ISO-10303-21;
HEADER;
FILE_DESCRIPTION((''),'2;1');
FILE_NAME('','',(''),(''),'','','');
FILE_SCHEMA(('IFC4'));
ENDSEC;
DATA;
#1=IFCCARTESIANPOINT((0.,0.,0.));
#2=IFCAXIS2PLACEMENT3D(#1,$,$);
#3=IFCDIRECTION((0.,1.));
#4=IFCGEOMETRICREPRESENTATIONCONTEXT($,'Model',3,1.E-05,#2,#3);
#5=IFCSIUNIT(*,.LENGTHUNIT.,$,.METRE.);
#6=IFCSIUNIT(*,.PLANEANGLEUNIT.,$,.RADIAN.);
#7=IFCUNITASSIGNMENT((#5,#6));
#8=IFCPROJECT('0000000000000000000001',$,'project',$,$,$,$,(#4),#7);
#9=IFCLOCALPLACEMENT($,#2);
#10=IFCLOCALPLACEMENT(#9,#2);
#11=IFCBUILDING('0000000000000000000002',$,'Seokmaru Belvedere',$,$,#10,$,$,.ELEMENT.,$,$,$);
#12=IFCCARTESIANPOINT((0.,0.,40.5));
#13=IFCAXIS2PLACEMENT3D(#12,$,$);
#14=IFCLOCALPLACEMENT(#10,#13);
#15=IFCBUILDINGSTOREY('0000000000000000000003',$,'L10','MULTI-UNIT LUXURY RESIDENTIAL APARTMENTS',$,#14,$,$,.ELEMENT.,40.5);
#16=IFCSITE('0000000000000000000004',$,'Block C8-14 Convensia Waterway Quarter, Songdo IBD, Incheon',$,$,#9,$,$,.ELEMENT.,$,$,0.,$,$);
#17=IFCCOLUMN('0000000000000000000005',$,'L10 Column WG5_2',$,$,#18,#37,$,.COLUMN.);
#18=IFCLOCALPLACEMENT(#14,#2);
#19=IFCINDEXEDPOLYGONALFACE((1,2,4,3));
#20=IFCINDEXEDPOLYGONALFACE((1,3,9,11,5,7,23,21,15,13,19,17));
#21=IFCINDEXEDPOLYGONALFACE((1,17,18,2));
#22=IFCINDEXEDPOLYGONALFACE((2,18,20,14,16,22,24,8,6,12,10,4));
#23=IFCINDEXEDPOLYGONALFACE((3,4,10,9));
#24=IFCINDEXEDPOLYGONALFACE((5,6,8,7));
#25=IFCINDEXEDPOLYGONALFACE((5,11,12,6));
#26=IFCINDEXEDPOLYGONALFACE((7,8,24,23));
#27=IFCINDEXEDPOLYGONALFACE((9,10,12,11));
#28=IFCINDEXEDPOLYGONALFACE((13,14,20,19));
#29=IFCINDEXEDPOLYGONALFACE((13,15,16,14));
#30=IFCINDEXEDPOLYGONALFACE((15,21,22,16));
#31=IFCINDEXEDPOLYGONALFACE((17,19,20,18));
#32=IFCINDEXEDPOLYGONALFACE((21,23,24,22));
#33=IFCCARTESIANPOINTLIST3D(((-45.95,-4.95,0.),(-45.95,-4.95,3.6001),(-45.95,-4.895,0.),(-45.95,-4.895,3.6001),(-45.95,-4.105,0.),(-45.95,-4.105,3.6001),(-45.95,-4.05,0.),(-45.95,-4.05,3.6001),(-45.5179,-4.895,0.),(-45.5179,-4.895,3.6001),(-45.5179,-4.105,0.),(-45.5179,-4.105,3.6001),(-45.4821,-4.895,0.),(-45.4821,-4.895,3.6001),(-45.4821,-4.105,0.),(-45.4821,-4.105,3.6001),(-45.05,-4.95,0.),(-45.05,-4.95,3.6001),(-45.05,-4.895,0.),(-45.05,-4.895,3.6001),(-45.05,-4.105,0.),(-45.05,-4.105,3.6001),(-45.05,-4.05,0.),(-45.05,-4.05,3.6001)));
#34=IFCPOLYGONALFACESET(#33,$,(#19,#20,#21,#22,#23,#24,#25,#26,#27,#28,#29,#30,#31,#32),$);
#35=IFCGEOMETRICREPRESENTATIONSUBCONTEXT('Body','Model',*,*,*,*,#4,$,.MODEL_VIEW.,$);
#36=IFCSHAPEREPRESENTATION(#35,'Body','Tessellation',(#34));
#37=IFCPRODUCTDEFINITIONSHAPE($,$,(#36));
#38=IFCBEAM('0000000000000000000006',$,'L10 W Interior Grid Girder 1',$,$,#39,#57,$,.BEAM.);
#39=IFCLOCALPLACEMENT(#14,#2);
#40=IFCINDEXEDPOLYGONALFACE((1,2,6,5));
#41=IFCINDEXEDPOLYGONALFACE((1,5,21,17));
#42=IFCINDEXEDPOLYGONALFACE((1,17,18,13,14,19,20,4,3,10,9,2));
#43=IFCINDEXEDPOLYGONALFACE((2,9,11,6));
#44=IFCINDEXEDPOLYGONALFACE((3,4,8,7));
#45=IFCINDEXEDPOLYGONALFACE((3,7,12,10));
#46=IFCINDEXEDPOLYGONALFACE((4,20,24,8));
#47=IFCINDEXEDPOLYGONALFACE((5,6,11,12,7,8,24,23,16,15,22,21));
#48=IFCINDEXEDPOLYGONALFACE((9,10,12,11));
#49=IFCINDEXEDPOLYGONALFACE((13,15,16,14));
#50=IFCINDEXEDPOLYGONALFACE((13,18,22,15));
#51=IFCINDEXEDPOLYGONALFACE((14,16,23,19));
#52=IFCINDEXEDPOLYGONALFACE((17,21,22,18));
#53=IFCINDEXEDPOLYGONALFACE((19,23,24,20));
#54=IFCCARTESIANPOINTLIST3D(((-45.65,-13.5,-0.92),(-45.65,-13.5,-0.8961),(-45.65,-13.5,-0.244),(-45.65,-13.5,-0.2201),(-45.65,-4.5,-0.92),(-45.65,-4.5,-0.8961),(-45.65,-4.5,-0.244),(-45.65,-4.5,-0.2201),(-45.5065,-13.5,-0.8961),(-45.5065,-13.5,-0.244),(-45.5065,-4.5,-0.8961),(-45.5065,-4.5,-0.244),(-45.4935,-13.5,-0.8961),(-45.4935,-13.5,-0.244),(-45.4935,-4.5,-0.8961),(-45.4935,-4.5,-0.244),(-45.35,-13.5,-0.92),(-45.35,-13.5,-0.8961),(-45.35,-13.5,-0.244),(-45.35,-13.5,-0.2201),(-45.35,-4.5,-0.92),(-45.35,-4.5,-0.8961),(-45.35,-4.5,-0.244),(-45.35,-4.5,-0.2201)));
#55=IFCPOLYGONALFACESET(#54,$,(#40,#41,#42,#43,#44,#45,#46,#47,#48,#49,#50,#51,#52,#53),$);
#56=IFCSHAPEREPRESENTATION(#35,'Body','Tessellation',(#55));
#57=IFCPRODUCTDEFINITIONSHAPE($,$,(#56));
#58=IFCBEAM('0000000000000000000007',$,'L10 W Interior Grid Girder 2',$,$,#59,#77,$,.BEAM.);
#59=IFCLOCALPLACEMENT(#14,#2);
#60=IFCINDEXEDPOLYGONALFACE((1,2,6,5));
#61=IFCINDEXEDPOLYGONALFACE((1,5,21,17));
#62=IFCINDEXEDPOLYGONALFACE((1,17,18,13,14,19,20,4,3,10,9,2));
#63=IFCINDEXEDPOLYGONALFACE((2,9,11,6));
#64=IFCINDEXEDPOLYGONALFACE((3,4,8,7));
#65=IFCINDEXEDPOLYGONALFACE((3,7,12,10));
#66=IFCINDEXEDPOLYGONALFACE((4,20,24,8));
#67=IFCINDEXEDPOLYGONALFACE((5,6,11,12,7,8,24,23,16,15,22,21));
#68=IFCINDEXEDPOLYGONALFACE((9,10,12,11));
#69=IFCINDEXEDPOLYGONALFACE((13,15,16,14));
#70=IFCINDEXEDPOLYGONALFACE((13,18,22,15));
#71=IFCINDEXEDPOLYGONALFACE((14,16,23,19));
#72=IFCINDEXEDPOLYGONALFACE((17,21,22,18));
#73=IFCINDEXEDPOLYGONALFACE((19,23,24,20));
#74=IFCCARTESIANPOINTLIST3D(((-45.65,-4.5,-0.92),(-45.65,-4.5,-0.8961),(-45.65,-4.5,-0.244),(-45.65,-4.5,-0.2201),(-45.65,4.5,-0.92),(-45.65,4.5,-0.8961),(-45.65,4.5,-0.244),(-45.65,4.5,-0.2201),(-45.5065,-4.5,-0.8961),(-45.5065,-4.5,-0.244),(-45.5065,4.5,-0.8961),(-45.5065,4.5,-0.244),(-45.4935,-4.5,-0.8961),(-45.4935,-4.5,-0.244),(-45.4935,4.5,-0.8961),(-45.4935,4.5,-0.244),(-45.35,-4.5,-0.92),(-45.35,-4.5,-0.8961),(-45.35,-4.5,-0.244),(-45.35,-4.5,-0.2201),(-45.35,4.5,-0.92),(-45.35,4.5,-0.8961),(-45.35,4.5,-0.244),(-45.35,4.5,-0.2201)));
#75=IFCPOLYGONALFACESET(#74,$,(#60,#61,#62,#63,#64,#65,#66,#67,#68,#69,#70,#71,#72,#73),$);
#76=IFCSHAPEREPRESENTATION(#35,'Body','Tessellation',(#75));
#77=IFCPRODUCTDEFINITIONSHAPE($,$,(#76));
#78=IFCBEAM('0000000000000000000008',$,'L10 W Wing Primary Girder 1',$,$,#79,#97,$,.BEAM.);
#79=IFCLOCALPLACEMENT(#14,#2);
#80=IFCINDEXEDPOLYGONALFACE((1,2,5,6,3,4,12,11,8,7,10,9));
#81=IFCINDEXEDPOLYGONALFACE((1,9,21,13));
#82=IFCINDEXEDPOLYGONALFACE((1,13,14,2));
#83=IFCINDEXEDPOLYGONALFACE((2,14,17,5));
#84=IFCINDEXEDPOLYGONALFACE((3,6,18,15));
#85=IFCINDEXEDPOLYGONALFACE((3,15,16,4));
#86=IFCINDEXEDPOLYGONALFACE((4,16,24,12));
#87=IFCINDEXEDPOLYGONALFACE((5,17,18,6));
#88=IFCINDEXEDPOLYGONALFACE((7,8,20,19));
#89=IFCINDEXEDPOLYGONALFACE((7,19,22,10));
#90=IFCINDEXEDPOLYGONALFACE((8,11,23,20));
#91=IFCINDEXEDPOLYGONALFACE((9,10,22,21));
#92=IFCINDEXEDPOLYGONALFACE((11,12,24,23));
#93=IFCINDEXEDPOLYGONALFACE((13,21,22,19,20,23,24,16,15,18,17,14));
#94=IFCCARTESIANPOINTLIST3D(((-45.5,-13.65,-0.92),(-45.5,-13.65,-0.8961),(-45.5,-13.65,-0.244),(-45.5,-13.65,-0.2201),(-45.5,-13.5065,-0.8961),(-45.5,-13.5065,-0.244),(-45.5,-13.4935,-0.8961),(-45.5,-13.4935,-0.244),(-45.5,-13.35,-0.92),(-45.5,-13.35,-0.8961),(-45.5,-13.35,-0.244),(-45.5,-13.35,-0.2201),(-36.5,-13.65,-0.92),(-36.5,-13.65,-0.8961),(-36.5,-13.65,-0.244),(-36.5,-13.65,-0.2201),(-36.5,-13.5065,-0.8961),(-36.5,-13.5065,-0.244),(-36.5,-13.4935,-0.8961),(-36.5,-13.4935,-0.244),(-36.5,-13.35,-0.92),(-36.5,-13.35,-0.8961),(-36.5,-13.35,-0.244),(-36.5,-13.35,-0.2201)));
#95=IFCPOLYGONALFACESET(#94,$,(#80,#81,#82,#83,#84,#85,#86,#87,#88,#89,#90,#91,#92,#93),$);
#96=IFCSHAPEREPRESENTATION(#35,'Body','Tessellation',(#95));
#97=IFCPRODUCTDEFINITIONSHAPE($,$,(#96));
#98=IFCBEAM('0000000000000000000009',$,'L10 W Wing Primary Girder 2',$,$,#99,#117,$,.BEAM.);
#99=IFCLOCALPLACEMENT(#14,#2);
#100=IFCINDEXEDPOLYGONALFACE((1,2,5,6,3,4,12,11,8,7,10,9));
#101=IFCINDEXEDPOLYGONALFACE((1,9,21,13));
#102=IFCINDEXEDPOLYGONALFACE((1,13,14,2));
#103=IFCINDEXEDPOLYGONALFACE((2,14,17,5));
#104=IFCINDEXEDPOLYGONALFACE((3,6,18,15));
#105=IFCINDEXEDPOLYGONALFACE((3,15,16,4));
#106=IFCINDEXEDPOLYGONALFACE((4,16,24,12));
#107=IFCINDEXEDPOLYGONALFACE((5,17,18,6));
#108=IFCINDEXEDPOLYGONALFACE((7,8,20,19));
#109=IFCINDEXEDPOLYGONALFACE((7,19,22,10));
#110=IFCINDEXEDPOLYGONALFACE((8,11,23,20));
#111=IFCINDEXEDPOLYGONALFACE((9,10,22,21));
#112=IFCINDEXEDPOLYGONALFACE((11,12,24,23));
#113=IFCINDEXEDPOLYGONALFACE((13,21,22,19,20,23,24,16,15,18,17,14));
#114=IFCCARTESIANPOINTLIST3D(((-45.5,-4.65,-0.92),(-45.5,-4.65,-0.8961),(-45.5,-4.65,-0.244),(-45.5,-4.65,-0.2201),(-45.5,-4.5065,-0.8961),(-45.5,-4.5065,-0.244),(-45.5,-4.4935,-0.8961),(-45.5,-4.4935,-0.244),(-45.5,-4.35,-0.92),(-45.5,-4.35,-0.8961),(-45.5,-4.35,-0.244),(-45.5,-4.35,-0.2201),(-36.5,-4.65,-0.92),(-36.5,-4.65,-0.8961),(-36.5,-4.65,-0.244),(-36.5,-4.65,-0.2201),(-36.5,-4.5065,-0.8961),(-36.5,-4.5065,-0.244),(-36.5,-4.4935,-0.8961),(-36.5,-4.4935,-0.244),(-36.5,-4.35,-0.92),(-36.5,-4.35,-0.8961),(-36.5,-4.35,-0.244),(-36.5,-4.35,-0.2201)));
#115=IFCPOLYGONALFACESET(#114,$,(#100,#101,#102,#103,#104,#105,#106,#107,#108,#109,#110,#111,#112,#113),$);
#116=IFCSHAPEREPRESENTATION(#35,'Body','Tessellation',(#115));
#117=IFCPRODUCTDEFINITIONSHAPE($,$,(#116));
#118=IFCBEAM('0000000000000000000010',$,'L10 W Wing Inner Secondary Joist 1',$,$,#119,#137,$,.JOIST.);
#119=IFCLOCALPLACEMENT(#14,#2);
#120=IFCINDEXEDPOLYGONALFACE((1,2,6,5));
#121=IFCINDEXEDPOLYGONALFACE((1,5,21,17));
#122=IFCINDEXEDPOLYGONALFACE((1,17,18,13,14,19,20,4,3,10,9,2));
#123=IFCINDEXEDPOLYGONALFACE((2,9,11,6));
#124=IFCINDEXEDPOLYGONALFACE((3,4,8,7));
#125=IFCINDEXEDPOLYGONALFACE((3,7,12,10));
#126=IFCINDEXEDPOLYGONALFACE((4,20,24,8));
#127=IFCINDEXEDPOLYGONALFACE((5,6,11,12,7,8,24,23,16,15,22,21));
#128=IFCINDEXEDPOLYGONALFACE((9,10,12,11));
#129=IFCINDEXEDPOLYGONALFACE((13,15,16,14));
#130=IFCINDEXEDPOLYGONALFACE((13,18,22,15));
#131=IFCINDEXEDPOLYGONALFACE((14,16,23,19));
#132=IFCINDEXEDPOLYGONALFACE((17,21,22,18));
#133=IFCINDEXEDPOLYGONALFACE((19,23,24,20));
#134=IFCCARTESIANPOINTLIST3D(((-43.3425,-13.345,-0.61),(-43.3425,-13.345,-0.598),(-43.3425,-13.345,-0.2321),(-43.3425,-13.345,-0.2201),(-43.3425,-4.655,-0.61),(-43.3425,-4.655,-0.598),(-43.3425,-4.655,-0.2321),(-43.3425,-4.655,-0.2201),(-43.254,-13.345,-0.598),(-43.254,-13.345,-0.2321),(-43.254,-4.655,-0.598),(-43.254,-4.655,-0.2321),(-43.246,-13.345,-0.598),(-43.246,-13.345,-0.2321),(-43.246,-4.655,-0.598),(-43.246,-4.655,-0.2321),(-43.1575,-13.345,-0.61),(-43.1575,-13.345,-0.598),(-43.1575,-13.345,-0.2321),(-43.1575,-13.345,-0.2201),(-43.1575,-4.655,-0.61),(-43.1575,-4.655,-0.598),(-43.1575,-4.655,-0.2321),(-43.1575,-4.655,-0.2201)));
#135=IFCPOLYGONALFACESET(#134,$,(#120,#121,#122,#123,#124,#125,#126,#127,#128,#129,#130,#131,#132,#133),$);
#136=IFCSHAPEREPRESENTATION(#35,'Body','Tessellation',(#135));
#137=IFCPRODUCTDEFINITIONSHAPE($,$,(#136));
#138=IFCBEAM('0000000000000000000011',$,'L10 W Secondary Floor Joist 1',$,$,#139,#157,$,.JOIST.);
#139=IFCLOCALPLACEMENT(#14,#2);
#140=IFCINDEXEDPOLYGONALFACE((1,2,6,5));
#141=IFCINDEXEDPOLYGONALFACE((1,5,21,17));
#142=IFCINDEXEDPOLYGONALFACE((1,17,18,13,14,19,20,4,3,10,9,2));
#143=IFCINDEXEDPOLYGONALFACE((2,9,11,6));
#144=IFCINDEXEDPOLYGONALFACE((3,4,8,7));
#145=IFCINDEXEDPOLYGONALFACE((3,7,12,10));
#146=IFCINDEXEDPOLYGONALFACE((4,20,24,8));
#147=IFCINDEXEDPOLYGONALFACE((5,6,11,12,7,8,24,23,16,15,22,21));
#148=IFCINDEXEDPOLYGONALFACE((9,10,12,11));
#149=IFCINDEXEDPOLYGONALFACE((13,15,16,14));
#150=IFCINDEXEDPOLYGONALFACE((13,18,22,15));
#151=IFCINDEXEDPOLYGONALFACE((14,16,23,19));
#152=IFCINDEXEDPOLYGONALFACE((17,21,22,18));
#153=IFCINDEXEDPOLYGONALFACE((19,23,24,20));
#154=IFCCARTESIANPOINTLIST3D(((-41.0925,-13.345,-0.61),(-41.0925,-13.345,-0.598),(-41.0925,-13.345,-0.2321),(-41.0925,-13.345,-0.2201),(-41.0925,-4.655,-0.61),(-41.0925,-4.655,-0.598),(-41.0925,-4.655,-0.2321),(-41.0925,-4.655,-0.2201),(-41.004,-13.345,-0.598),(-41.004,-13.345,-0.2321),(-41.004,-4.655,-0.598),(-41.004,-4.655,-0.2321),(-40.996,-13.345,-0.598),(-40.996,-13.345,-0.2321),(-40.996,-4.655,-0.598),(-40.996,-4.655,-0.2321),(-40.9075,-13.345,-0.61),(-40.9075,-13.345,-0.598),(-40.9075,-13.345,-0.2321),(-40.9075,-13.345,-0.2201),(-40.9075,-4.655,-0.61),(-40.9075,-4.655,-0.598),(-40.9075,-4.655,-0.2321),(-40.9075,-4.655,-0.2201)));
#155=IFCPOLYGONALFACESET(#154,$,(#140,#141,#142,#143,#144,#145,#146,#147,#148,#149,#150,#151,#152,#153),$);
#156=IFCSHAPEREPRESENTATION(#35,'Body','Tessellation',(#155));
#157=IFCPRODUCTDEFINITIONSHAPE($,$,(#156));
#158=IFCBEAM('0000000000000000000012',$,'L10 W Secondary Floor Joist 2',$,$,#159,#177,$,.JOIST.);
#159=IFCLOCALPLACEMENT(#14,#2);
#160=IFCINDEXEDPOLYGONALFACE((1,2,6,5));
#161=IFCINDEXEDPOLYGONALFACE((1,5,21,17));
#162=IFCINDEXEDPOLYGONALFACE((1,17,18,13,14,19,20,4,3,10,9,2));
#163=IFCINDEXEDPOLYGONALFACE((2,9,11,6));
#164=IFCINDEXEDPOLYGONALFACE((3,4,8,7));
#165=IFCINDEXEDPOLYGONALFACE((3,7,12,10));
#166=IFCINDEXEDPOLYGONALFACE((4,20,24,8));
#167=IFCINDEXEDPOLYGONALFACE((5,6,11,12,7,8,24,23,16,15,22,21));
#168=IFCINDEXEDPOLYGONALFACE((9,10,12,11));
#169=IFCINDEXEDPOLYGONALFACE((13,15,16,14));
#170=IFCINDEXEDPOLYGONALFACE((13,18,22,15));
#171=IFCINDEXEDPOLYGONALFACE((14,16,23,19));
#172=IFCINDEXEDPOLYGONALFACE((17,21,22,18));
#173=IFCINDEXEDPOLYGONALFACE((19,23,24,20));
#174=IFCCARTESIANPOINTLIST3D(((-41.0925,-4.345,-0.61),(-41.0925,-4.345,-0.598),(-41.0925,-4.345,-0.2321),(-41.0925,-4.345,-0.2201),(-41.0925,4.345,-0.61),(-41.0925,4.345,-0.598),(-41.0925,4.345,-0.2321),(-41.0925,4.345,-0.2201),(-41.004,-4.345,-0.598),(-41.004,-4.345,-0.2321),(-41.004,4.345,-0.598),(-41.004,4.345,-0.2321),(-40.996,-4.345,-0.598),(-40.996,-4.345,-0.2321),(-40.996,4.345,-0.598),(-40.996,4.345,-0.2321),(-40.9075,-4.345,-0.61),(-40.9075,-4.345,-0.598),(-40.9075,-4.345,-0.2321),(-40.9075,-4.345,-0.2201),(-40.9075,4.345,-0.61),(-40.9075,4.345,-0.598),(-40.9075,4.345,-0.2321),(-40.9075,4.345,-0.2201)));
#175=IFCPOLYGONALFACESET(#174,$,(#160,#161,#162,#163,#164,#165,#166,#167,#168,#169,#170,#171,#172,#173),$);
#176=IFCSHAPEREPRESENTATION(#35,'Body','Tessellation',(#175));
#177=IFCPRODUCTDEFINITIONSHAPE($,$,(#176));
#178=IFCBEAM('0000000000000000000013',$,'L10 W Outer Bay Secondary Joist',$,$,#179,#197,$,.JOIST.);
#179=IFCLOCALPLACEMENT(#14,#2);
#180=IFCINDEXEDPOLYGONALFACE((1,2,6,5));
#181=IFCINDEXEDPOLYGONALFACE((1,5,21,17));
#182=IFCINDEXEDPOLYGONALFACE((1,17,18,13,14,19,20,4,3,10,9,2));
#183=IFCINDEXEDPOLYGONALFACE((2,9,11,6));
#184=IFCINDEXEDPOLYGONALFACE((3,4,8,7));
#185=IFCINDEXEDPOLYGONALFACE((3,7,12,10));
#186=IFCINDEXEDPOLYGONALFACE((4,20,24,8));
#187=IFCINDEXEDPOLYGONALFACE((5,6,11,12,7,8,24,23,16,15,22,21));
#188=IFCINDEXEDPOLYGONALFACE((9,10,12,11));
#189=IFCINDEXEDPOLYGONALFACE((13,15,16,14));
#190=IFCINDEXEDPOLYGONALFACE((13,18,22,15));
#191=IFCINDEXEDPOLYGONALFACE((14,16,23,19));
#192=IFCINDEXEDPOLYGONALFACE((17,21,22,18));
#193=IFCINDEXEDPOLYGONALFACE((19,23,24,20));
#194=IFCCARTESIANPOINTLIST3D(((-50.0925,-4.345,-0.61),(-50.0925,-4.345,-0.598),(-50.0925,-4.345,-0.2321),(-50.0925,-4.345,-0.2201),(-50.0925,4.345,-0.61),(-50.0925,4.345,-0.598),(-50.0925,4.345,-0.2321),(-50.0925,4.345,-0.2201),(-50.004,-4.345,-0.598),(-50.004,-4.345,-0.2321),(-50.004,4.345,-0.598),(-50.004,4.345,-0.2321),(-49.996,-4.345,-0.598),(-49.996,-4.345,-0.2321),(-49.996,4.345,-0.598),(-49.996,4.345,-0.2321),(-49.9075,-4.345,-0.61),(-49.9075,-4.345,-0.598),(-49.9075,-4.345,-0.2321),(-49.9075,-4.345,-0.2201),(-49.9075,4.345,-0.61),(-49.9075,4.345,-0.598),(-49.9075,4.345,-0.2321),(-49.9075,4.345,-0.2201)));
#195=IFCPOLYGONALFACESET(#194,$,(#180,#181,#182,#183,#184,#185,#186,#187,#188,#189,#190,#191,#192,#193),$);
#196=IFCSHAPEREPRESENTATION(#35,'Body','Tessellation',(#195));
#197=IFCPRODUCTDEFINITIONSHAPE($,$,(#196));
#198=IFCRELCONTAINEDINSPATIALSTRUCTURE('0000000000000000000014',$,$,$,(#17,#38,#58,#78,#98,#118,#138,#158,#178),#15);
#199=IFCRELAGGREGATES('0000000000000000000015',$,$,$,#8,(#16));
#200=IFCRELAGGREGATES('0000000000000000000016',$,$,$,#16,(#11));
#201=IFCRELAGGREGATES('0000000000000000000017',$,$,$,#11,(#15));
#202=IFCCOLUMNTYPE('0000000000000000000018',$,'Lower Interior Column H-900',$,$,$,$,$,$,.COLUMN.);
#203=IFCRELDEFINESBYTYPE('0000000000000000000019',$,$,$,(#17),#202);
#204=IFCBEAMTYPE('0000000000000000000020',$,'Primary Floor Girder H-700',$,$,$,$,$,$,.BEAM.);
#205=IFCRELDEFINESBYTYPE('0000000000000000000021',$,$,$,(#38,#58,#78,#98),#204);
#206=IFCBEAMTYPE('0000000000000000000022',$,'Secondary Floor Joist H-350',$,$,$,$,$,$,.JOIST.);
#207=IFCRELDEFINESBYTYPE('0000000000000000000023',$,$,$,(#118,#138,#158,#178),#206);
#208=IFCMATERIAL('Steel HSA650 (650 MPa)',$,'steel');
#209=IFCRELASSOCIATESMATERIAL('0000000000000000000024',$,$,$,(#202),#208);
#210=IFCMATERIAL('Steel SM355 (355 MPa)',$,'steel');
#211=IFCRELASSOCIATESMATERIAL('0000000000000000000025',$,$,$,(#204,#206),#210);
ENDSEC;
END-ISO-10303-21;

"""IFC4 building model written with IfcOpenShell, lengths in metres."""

from ifc_helpers import new_model, si_unit, direction, frame, origin, origin_2d, place, context, subcontext, project, spatial, i_section, extrude, source, transform, mapped, material, material_profile, profile_set, type_object, type_shapes, element, save


model = new_model("IFC4")

# Units and contexts
model_context = context("Model", 3, precision=1e-05, world=origin(), true_north=direction((0.0, 1.0)))
body_context = subcontext(model_context, "Body", "Model", "MODEL_VIEW")
ifc_project = project(units=[si_unit("LENGTHUNIT", "METRE"), si_unit("PLANEANGLEUNIT", "RADIAN")], contexts=[model_context])

# Site, building, storey
site_placement = place(None, origin())
site = spatial("IfcSite", under=ifc_project, at=site_placement, Name="Block C8-14 Convensia Waterway Quarter, Songdo IBD, Incheon", CompositionType="ELEMENT", RefElevation=0.0)
building_placement = place(site_placement, origin())
building = spatial("IfcBuilding", under=site, at=building_placement, Name="Seokmaru Belvedere", CompositionType="ELEMENT")
storey_placement = place(building_placement, frame((0.0, 0.0, 40.5)))
storey = spatial("IfcBuildingStorey", under=building, at=storey_placement, Name="L10", Description="MULTI-UNIT LUXURY RESIDENTIAL APARTMENTS", CompositionType="ELEMENT", Elevation=40.5)

# Column
ifc_material_1 = material(Name="Steel HSA650 (650 MPa)", Category="steel")
ifc_material_profile_1 = material_profile(ifc_material_1, i_section(OverallWidth=0.8999, OverallDepth=0.8999, WebThickness=0.0359, FlangeThickness=0.0549, at=origin_2d()), Name="H-900x900x36x55")
ifc_profile_set_1 = profile_set([ifc_material_profile_1], Name="Steel HSA650 (650 MPa)")
column_type = type_object("IfcColumnType", Name="Lower Interior Column H-900", PredefinedType="COLUMN", material=ifc_profile_set_1)
shared_shape_1 = source(origin(), body_context, "Body", "SweptSolid", [
    extrude(i_section(OverallWidth=0.8999, OverallDepth=0.8999, WebThickness=0.0359, FlangeThickness=0.0549, at=origin_2d()), origin(), (0.0, 0.0, 1.0), 3.6001),
])
type_shapes(column_type, [shared_shape_1])
column_placement = place(storey_placement, frame((-45.5, -4.5, 0.0), z_axis=(0.0, 0.0, 1.0), x_axis=(1.0, 0.0, 0.0)))
element("IfcColumn", 1, at=column_placement, inside=storey, type_object=column_type, Name="L10 Column WG5_2", PredefinedType="COLUMN", context=body_context, shape_type="MappedRepresentation", body=[
    mapped(shared_shape_1, transform((0.0, 0.0, 0.0), scale=1.0)),
])

# Beams
ifc_material_2 = material(Name="Steel SM355 (355 MPa)", Category="steel")
ifc_material_profile_2 = material_profile(ifc_material_2, i_section(OverallWidth=0.3, OverallDepth=0.7, WebThickness=0.0129, FlangeThickness=0.0239, at=origin_2d()), Name="H-700x300x13x24")
ifc_profile_set_2 = profile_set([ifc_material_profile_2], Name="Steel SM355 (355 MPa)")
beam_type_1 = type_object("IfcBeamType", Name="Primary Floor Girder H-700", PredefinedType="BEAM", material=ifc_profile_set_2)
shared_shape_2 = source(origin(), body_context, "Body", "SweptSolid", [
    extrude(i_section(OverallWidth=0.3, OverallDepth=0.7, WebThickness=0.0129, FlangeThickness=0.0239, at=origin_2d()), origin(), (0.0, 0.0, 1.0), 9.0),
])
type_shapes(beam_type_1, [shared_shape_2])
for number, where, z_axis, x_axis, name in (
    (2, (-45.5, -13.5, -0.5701), (0.0, 1.0, 0.0), (-1.0, 0.0, 0.0), "L10 W Interior Grid Girder 1"),
    (3, (-45.5, -4.5, -0.5701), (0.0, 1.0, 0.0), (-1.0, 0.0, 0.0), "L10 W Interior Grid Girder 2"),
    (4, (-45.5, -13.5, -0.5701), (1.0, 0.0, 0.0), (0.0, 1.0, 0.0), "L10 W Wing Primary Girder 1"),
    (5, (-45.5, -4.5, -0.5701), (1.0, 0.0, 0.0), (0.0, 1.0, 0.0), "L10 W Wing Primary Girder 2"),
):
    element("IfcBeam", number, at=place(storey_placement, frame(where, z_axis=z_axis, x_axis=x_axis)), inside=storey, type_object=beam_type_1, Name=name, PredefinedType="BEAM", context=body_context, shape_type="MappedRepresentation", body=[
        mapped(shared_shape_2, transform((0.0, 0.0, 0.0), scale=1.0)),
    ])
ifc_material_profile_3 = material_profile(ifc_material_2, i_section(OverallWidth=0.1851, OverallDepth=0.3899, WebThickness=0.0081, FlangeThickness=0.012, at=origin_2d()), Name="H-390x185x8x12")
ifc_profile_set_3 = profile_set([ifc_material_profile_3], Name="Steel SM355 (355 MPa)")
beam_type_2 = type_object("IfcBeamType", Name="Secondary Floor Joist H-350", PredefinedType="JOIST", material=ifc_profile_set_3)
shared_shape_3 = source(origin(), body_context, "Body", "SweptSolid", [
    extrude(i_section(OverallWidth=0.1851, OverallDepth=0.3899, WebThickness=0.0081, FlangeThickness=0.012, at=origin_2d()), origin(), (0.0, 0.0, 1.0), 8.6899),
])
type_shapes(beam_type_2, [shared_shape_3])
for number, where, z_axis, x_axis, name in (
    (6, (-43.25, -13.345, -0.415), (0.0, 1.0, 0.0), (-1.0, 0.0, 0.0), "L10 W Wing Inner Secondary Joist 1"),
    (7, (-41.0, -13.345, -0.415), (0.0, 1.0, 0.0), (-1.0, 0.0, 0.0), "L10 W Secondary Floor Joist 1"),
    (8, (-41.0, -4.345, -0.415), (0.0, 1.0, 0.0), (-1.0, 0.0, 0.0), "L10 W Secondary Floor Joist 2"),
    (9, (-50.0, -4.345, -0.415), (0.0, 1.0, 0.0), (-1.0, 0.0, 0.0), "L10 W Outer Bay Secondary Joist"),
):
    element("IfcBeam", number, at=place(storey_placement, frame(where, z_axis=z_axis, x_axis=x_axis)), inside=storey, type_object=beam_type_2, Name=name, PredefinedType="JOIST", context=body_context, shape_type="MappedRepresentation", body=[
        mapped(shared_shape_3, transform((0.0, 0.0, 0.0), scale=1.0)),
    ])

save(model, "model.ifc")
